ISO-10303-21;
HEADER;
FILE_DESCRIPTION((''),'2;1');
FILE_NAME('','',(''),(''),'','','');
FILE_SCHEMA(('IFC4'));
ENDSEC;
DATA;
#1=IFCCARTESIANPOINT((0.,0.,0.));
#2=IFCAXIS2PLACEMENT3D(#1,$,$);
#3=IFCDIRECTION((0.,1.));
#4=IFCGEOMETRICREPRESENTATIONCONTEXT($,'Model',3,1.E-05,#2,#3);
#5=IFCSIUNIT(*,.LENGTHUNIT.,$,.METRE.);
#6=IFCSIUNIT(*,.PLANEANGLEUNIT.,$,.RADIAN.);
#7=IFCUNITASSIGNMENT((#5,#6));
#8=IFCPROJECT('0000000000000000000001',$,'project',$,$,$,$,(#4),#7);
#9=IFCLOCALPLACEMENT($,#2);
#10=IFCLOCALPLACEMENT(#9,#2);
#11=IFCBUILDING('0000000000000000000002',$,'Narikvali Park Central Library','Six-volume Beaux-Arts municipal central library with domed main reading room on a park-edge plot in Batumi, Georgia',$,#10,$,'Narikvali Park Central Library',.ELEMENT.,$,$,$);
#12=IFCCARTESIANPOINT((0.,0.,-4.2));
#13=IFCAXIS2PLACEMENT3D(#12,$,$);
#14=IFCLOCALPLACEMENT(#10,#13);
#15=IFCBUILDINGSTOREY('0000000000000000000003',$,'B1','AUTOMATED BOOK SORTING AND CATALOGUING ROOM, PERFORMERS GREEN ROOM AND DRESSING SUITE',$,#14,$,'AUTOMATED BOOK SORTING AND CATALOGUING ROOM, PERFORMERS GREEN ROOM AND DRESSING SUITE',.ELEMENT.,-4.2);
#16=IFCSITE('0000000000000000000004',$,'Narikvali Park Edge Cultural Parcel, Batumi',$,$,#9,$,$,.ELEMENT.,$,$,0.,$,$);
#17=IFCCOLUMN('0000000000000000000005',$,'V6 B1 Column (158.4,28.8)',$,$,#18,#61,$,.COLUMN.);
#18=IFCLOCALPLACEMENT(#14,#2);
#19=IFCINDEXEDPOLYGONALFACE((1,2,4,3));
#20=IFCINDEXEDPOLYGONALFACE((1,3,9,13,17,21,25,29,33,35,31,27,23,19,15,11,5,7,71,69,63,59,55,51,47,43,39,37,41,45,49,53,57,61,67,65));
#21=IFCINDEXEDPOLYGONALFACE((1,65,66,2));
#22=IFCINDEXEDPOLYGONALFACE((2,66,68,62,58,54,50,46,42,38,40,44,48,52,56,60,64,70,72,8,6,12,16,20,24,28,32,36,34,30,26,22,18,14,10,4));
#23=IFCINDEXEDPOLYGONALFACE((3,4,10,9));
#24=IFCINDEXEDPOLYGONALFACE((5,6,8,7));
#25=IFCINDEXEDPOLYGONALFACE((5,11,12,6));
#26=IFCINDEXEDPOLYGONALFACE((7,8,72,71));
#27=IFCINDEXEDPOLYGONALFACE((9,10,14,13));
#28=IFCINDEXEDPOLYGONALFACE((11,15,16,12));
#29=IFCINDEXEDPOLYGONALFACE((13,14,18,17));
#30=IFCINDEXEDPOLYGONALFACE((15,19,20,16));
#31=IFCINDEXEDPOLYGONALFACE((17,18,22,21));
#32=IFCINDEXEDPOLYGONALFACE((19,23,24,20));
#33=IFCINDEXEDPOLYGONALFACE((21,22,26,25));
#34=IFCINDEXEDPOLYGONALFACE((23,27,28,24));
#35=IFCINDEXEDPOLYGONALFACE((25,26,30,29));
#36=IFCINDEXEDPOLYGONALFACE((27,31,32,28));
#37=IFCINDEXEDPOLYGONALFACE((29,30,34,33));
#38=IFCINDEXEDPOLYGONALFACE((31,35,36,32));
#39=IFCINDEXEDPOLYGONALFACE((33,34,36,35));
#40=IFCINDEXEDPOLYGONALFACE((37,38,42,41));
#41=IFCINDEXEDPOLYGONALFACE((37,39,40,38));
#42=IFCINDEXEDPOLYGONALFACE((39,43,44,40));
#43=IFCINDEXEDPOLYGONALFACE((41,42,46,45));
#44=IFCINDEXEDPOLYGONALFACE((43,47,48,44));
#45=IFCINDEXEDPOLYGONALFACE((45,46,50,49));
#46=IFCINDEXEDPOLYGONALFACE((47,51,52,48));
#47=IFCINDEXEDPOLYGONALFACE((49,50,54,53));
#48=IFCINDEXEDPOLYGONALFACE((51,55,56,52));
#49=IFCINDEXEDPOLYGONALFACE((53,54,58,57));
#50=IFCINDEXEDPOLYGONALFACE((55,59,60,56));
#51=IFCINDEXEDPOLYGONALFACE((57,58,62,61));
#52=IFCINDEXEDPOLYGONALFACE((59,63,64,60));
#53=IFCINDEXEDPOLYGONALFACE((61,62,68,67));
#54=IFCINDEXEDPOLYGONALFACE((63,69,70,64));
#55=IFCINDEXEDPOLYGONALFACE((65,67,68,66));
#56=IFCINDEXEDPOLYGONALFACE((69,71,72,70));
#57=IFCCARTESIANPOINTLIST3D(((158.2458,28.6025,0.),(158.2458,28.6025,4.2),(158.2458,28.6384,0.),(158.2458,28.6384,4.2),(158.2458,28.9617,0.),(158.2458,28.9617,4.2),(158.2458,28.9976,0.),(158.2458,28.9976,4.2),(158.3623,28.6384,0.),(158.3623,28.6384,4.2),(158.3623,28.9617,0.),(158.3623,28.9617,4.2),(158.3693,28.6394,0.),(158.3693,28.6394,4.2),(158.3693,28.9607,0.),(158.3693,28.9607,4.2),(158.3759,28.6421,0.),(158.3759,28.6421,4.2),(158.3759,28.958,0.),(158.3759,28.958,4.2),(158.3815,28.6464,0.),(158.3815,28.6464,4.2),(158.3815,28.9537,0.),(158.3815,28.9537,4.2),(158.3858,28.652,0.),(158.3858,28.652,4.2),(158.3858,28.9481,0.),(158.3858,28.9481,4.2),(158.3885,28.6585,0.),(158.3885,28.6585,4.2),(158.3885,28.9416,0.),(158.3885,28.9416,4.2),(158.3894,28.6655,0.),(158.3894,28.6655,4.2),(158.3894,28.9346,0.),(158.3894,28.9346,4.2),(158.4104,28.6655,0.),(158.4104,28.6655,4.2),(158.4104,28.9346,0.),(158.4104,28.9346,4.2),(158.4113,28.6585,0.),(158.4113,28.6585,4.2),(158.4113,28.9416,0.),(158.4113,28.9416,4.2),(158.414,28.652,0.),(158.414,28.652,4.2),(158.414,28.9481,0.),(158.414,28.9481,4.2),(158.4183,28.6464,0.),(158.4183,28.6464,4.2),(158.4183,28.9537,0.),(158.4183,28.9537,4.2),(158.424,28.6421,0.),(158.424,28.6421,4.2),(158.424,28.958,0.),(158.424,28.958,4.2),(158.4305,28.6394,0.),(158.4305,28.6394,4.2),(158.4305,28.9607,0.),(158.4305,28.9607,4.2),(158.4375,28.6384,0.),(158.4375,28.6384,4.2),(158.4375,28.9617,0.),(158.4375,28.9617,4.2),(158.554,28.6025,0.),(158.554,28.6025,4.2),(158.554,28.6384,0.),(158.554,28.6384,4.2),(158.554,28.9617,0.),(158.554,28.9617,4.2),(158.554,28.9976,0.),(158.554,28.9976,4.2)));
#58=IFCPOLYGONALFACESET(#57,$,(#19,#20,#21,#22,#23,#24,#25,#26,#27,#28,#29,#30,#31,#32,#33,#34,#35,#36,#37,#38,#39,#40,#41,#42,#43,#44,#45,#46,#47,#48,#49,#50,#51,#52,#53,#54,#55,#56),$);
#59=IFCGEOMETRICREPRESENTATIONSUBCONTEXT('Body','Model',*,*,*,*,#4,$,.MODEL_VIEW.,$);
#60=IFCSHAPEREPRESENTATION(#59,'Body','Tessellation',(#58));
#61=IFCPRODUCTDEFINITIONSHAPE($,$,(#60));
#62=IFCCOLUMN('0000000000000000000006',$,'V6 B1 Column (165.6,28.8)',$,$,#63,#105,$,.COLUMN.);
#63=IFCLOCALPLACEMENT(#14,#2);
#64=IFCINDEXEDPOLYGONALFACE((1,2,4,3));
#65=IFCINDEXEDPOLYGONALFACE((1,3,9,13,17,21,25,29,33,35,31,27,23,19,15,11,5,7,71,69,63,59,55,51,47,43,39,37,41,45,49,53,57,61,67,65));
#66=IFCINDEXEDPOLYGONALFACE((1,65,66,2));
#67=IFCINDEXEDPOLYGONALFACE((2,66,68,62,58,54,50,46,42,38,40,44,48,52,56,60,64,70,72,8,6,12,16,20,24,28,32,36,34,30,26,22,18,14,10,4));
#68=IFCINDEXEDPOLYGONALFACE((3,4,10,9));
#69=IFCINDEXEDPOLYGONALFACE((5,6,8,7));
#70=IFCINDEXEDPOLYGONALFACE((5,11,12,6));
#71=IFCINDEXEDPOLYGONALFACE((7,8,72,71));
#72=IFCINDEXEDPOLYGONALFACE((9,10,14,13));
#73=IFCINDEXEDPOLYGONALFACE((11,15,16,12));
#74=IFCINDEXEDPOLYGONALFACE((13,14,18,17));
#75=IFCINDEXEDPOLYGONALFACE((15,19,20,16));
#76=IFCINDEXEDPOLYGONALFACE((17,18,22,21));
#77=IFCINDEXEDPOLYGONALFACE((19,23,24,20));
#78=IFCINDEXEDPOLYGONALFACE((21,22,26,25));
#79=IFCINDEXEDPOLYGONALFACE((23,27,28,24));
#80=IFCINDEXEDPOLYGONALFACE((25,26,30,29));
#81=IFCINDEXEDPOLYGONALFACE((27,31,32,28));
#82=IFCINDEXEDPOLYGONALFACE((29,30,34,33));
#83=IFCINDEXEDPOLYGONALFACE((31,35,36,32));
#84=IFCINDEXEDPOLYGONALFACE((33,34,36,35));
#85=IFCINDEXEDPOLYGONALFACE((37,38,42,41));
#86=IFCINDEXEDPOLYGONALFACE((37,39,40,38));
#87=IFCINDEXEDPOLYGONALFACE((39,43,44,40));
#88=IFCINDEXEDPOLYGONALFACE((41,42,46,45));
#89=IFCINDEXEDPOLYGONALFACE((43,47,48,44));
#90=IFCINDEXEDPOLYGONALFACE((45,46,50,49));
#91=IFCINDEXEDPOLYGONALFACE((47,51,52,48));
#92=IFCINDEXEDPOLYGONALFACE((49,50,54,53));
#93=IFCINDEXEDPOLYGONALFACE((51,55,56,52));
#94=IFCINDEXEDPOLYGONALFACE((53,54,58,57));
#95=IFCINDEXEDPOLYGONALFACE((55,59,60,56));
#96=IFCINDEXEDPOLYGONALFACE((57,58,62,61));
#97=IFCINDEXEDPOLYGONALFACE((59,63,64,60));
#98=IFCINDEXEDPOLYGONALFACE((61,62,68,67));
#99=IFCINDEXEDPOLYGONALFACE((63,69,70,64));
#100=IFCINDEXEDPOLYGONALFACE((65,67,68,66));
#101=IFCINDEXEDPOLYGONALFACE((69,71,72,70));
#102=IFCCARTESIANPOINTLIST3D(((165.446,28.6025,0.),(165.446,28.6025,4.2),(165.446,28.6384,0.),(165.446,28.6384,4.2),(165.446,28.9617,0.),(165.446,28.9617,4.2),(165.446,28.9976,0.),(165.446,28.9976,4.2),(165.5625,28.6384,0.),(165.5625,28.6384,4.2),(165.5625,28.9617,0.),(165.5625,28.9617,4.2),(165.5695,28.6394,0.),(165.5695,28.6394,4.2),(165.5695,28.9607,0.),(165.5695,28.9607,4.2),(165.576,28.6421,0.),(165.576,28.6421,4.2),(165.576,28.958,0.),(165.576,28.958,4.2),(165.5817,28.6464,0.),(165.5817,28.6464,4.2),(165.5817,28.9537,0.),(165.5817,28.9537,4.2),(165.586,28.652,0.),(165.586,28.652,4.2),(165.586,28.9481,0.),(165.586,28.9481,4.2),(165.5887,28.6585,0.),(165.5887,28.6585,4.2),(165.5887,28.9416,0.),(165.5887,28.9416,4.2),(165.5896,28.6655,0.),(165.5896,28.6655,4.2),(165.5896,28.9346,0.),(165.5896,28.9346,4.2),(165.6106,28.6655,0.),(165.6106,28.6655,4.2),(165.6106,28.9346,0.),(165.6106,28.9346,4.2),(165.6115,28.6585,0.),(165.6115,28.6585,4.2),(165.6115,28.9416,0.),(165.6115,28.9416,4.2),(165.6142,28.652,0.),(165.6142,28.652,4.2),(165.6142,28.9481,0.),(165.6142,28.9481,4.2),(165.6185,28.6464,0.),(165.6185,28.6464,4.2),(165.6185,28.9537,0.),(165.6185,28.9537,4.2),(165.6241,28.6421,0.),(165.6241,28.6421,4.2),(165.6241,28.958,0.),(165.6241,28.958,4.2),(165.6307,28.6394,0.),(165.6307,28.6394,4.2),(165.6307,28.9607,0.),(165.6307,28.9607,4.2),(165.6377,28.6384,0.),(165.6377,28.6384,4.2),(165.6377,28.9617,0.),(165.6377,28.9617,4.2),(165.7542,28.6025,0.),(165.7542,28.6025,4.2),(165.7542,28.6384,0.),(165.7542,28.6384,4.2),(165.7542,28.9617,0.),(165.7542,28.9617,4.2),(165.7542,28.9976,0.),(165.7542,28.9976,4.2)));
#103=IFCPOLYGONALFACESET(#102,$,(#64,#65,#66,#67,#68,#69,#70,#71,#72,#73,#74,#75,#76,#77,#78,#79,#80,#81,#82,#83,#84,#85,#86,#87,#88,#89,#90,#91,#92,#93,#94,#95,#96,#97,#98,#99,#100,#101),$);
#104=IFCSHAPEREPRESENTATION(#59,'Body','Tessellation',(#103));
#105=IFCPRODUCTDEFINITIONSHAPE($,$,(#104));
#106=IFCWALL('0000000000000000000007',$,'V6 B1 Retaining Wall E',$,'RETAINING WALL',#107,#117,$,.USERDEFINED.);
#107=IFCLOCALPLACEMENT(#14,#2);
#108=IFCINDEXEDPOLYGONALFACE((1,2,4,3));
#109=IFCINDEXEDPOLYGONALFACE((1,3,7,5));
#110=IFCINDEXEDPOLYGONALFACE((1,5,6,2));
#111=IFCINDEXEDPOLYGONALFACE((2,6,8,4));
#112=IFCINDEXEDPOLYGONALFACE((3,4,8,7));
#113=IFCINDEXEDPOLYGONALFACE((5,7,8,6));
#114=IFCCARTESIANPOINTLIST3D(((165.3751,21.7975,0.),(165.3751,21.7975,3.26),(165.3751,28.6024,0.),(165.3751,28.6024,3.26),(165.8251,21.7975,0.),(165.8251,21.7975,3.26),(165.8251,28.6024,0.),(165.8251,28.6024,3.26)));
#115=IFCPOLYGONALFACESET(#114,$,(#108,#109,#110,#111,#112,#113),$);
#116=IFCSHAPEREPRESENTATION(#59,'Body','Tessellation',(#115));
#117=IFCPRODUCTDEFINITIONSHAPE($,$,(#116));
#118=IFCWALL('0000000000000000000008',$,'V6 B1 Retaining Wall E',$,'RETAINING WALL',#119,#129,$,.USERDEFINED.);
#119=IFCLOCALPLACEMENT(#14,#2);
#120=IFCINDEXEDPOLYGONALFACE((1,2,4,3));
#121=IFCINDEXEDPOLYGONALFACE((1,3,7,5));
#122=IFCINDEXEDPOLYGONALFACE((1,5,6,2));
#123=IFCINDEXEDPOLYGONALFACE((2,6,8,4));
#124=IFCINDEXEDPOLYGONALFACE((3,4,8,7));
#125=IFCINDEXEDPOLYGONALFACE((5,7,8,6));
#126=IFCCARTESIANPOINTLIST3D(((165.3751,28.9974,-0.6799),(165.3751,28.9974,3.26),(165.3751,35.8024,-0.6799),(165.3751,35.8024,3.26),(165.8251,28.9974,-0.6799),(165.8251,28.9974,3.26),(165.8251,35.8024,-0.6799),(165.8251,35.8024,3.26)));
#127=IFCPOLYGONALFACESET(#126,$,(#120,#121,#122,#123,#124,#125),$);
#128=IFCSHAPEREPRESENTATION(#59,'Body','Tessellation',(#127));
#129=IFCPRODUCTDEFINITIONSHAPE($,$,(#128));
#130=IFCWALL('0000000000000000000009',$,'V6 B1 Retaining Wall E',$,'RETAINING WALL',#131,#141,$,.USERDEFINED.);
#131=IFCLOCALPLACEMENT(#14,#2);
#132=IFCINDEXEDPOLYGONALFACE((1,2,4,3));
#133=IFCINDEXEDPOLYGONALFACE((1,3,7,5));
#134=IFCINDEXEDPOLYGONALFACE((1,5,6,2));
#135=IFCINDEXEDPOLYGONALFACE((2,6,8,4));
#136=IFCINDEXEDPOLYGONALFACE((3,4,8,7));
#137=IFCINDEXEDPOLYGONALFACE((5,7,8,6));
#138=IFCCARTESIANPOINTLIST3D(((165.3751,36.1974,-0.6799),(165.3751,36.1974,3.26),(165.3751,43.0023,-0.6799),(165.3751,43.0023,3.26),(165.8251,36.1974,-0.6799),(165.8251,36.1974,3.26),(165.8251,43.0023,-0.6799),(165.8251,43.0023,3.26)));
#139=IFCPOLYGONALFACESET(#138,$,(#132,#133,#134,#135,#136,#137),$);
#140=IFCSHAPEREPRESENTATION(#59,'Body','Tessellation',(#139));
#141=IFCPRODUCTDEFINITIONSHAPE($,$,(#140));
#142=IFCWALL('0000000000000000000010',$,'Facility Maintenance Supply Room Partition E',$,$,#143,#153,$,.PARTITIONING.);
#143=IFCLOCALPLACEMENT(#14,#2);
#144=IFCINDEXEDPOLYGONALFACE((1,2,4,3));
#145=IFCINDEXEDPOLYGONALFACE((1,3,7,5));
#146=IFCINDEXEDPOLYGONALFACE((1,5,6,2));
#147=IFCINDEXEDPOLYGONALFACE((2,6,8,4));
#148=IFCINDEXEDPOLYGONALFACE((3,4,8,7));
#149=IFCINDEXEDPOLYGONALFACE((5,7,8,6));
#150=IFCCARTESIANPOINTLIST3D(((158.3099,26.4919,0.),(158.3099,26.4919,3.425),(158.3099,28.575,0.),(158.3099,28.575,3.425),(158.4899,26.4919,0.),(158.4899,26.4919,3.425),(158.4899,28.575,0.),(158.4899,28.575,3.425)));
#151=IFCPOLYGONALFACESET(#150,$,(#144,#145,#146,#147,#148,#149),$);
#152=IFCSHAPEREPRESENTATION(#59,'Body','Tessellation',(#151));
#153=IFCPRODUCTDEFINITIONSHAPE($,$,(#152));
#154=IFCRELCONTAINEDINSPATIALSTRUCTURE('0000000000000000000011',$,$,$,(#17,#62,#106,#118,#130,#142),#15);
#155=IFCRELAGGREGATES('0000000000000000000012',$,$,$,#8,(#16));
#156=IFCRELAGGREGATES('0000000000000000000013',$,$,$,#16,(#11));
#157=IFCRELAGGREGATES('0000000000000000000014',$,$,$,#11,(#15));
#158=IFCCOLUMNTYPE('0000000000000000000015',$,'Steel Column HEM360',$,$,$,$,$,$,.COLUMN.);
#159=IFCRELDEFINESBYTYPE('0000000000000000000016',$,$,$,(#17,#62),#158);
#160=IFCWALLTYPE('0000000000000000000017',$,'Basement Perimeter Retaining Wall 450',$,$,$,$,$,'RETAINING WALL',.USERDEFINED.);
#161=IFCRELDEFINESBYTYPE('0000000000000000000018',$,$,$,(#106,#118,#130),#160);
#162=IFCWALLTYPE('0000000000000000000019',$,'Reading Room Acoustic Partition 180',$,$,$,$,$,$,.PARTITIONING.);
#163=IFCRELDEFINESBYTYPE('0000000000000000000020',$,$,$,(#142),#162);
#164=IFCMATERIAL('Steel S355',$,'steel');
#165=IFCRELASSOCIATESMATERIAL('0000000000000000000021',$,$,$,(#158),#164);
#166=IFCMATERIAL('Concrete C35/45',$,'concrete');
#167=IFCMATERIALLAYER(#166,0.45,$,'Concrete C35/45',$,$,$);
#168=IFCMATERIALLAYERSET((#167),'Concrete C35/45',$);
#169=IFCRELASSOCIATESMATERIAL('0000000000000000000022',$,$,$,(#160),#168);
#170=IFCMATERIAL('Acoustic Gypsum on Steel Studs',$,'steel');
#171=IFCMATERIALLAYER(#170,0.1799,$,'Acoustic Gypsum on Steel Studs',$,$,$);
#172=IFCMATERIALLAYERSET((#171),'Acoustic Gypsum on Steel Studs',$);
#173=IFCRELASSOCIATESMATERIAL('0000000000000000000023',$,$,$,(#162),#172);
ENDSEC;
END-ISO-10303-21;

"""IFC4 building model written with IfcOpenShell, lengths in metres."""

from ifc_helpers import new_model, si_unit, direction, frame, frame_2d, origin, origin_2d, place, context, subcontext, project, spatial, rectangle, i_section, extrude, material, layer, layer_set, material_profile, profile_set, type_object, element, save


model = new_model("IFC4")

# Units and contexts
model_context = context("Model", 3, precision=1e-05, world=origin(), true_north=direction((0.0, 1.0)))
body_context = subcontext(model_context, "Body", "Model", "MODEL_VIEW")
ifc_project = project(units=[si_unit("LENGTHUNIT", "METRE"), si_unit("PLANEANGLEUNIT", "RADIAN")], contexts=[model_context])

# Site, building, storey
site_placement = place(None, origin())
site = spatial("IfcSite", under=ifc_project, at=site_placement, Name="Narikvali Park Edge Cultural Parcel, Batumi", CompositionType="ELEMENT", RefElevation=0.0)
building_placement = place(site_placement, origin())
building = spatial("IfcBuilding", under=site, at=building_placement, Name="Narikvali Park Central Library", Description="Six-volume Beaux-Arts municipal central library with domed main reading room on a park-edge plot in Batumi, Georgia", LongName="Narikvali Park Central Library", CompositionType="ELEMENT")
storey_placement = place(building_placement, frame((0.0, 0.0, -4.2)))
storey = spatial("IfcBuildingStorey", under=building, at=storey_placement, Name="B1", Description="AUTOMATED BOOK SORTING AND CATALOGUING ROOM, PERFORMERS GREEN ROOM AND DRESSING SUITE", LongName="AUTOMATED BOOK SORTING AND CATALOGUING ROOM, PERFORMERS GREEN ROOM AND DRESSING SUITE", CompositionType="ELEMENT", Elevation=-4.2)

# Shared definitions
ifc_material_1 = material(Name="Concrete C35/45", Category="concrete")

# Columns
ifc_material_2 = material(Name="Steel S355", Category="steel")
ifc_material_profile_1 = material_profile(ifc_material_2, i_section(OverallWidth=0.3081, OverallDepth=0.395, WebThickness=0.021, FlangeThickness=0.0359, FilletRadius=0.0271, at=origin_2d()), Name="HEM 360")
ifc_profile_set_1 = profile_set([ifc_material_profile_1], Name="Steel S355")
column_type = type_object("IfcColumnType", Name="Steel Column HEM360", PredefinedType="COLUMN", material=ifc_profile_set_1)
for number, where, z_axis, x_axis, name in (
    (1, (158.3999, 28.8, 0.0), (0.0, 0.0, 1.0), (1.0, 0.0, 0.0), "V6 B1 Column (158.4,28.8)"),
    (2, (165.6001, 28.8, 0.0), (0.0, 0.0, 1.0), (1.0, 0.0, 0.0), "V6 B1 Column (165.6,28.8)"),
):
    element("IfcColumn", number, at=place(storey_placement, frame(where, z_axis=z_axis, x_axis=x_axis)), inside=storey, type_object=column_type, Name=name, PredefinedType="COLUMN", context=body_context, shape_type="SweptSolid", body=[
        extrude(i_section(OverallWidth=0.3081, OverallDepth=0.395, WebThickness=0.021, FlangeThickness=0.0359, FilletRadius=0.0271, at=origin_2d()), origin(), (0.0, 0.0, 1.0), 4.2),
    ])

# Walls
ifc_layer_1 = layer(ifc_material_1, 0.45, Name="Concrete C35/45")
ifc_layer_set_1 = layer_set([ifc_layer_1], Name="Concrete C35/45")
wall_type_1 = type_object("IfcWallType", Name="Basement Perimeter Retaining Wall 450", ElementType="RETAINING WALL", PredefinedType="USERDEFINED", material=ifc_layer_set_1)
wall_1_placement = place(storey_placement, frame((165.6001, 21.7976, 0.0), z_axis=(0.0, 0.0, 1.0), x_axis=(0.0, 1.0, 0.0)))
element("IfcWall", 3, at=wall_1_placement, inside=storey, type_object=wall_type_1, Name="V6 B1 Retaining Wall E", ObjectType="RETAINING WALL", PredefinedType="USERDEFINED", context=body_context, shape_type="SweptSolid", body=[
    extrude(rectangle(XDim=6.8049, YDim=0.45, at=frame_2d((3.4023, 0.0))), origin(), (0.0, 0.0, 1.0), 3.26),
])
for number, where, z_axis, x_axis, name in (
    (4, (165.6001, 28.9976, -0.6799), (0.0, 0.0, 1.0), (0.0, 1.0, 0.0), "V6 B1 Retaining Wall E"),
    (5, (165.6001, 36.1975, -0.6799), (0.0, 0.0, 1.0), (0.0, 1.0, 0.0), "V6 B1 Retaining Wall E"),
):
    element("IfcWall", number, at=place(storey_placement, frame(where, z_axis=z_axis, x_axis=x_axis)), inside=storey, type_object=wall_type_1, Name=name, ObjectType="RETAINING WALL", PredefinedType="USERDEFINED", context=body_context, shape_type="SweptSolid", body=[
        extrude(rectangle(XDim=6.8049, YDim=0.45, at=frame_2d((3.4023, 0.0))), origin(), (0.0, 0.0, 1.0), 3.9399),
    ])
ifc_material_3 = material(Name="Acoustic Gypsum on Steel Studs", Category="steel")
ifc_layer_2 = layer(ifc_material_3, 0.1799, Name="Acoustic Gypsum on Steel Studs")
ifc_layer_set_2 = layer_set([ifc_layer_2], Name="Acoustic Gypsum on Steel Studs")
wall_type_2 = type_object("IfcWallType", Name="Reading Room Acoustic Partition 180", PredefinedType="PARTITIONING", material=ifc_layer_set_2)
wall_2_placement = place(storey_placement, frame((158.3999, 26.4919, 0.0), z_axis=(0.0, 0.0, 1.0), x_axis=(0.0, 1.0, 0.0)))
element("IfcWall", 6, at=wall_2_placement, inside=storey, type_object=wall_type_2, Name="Facility Maintenance Supply Room Partition E", PredefinedType="PARTITIONING", context=body_context, shape_type="SweptSolid", body=[
    extrude(rectangle(XDim=2.083, YDim=0.1799, at=frame_2d((1.0415, 0.0))), origin(), (0.0, 0.0, 1.0), 3.425),
])

save(model, "model.ifc")
